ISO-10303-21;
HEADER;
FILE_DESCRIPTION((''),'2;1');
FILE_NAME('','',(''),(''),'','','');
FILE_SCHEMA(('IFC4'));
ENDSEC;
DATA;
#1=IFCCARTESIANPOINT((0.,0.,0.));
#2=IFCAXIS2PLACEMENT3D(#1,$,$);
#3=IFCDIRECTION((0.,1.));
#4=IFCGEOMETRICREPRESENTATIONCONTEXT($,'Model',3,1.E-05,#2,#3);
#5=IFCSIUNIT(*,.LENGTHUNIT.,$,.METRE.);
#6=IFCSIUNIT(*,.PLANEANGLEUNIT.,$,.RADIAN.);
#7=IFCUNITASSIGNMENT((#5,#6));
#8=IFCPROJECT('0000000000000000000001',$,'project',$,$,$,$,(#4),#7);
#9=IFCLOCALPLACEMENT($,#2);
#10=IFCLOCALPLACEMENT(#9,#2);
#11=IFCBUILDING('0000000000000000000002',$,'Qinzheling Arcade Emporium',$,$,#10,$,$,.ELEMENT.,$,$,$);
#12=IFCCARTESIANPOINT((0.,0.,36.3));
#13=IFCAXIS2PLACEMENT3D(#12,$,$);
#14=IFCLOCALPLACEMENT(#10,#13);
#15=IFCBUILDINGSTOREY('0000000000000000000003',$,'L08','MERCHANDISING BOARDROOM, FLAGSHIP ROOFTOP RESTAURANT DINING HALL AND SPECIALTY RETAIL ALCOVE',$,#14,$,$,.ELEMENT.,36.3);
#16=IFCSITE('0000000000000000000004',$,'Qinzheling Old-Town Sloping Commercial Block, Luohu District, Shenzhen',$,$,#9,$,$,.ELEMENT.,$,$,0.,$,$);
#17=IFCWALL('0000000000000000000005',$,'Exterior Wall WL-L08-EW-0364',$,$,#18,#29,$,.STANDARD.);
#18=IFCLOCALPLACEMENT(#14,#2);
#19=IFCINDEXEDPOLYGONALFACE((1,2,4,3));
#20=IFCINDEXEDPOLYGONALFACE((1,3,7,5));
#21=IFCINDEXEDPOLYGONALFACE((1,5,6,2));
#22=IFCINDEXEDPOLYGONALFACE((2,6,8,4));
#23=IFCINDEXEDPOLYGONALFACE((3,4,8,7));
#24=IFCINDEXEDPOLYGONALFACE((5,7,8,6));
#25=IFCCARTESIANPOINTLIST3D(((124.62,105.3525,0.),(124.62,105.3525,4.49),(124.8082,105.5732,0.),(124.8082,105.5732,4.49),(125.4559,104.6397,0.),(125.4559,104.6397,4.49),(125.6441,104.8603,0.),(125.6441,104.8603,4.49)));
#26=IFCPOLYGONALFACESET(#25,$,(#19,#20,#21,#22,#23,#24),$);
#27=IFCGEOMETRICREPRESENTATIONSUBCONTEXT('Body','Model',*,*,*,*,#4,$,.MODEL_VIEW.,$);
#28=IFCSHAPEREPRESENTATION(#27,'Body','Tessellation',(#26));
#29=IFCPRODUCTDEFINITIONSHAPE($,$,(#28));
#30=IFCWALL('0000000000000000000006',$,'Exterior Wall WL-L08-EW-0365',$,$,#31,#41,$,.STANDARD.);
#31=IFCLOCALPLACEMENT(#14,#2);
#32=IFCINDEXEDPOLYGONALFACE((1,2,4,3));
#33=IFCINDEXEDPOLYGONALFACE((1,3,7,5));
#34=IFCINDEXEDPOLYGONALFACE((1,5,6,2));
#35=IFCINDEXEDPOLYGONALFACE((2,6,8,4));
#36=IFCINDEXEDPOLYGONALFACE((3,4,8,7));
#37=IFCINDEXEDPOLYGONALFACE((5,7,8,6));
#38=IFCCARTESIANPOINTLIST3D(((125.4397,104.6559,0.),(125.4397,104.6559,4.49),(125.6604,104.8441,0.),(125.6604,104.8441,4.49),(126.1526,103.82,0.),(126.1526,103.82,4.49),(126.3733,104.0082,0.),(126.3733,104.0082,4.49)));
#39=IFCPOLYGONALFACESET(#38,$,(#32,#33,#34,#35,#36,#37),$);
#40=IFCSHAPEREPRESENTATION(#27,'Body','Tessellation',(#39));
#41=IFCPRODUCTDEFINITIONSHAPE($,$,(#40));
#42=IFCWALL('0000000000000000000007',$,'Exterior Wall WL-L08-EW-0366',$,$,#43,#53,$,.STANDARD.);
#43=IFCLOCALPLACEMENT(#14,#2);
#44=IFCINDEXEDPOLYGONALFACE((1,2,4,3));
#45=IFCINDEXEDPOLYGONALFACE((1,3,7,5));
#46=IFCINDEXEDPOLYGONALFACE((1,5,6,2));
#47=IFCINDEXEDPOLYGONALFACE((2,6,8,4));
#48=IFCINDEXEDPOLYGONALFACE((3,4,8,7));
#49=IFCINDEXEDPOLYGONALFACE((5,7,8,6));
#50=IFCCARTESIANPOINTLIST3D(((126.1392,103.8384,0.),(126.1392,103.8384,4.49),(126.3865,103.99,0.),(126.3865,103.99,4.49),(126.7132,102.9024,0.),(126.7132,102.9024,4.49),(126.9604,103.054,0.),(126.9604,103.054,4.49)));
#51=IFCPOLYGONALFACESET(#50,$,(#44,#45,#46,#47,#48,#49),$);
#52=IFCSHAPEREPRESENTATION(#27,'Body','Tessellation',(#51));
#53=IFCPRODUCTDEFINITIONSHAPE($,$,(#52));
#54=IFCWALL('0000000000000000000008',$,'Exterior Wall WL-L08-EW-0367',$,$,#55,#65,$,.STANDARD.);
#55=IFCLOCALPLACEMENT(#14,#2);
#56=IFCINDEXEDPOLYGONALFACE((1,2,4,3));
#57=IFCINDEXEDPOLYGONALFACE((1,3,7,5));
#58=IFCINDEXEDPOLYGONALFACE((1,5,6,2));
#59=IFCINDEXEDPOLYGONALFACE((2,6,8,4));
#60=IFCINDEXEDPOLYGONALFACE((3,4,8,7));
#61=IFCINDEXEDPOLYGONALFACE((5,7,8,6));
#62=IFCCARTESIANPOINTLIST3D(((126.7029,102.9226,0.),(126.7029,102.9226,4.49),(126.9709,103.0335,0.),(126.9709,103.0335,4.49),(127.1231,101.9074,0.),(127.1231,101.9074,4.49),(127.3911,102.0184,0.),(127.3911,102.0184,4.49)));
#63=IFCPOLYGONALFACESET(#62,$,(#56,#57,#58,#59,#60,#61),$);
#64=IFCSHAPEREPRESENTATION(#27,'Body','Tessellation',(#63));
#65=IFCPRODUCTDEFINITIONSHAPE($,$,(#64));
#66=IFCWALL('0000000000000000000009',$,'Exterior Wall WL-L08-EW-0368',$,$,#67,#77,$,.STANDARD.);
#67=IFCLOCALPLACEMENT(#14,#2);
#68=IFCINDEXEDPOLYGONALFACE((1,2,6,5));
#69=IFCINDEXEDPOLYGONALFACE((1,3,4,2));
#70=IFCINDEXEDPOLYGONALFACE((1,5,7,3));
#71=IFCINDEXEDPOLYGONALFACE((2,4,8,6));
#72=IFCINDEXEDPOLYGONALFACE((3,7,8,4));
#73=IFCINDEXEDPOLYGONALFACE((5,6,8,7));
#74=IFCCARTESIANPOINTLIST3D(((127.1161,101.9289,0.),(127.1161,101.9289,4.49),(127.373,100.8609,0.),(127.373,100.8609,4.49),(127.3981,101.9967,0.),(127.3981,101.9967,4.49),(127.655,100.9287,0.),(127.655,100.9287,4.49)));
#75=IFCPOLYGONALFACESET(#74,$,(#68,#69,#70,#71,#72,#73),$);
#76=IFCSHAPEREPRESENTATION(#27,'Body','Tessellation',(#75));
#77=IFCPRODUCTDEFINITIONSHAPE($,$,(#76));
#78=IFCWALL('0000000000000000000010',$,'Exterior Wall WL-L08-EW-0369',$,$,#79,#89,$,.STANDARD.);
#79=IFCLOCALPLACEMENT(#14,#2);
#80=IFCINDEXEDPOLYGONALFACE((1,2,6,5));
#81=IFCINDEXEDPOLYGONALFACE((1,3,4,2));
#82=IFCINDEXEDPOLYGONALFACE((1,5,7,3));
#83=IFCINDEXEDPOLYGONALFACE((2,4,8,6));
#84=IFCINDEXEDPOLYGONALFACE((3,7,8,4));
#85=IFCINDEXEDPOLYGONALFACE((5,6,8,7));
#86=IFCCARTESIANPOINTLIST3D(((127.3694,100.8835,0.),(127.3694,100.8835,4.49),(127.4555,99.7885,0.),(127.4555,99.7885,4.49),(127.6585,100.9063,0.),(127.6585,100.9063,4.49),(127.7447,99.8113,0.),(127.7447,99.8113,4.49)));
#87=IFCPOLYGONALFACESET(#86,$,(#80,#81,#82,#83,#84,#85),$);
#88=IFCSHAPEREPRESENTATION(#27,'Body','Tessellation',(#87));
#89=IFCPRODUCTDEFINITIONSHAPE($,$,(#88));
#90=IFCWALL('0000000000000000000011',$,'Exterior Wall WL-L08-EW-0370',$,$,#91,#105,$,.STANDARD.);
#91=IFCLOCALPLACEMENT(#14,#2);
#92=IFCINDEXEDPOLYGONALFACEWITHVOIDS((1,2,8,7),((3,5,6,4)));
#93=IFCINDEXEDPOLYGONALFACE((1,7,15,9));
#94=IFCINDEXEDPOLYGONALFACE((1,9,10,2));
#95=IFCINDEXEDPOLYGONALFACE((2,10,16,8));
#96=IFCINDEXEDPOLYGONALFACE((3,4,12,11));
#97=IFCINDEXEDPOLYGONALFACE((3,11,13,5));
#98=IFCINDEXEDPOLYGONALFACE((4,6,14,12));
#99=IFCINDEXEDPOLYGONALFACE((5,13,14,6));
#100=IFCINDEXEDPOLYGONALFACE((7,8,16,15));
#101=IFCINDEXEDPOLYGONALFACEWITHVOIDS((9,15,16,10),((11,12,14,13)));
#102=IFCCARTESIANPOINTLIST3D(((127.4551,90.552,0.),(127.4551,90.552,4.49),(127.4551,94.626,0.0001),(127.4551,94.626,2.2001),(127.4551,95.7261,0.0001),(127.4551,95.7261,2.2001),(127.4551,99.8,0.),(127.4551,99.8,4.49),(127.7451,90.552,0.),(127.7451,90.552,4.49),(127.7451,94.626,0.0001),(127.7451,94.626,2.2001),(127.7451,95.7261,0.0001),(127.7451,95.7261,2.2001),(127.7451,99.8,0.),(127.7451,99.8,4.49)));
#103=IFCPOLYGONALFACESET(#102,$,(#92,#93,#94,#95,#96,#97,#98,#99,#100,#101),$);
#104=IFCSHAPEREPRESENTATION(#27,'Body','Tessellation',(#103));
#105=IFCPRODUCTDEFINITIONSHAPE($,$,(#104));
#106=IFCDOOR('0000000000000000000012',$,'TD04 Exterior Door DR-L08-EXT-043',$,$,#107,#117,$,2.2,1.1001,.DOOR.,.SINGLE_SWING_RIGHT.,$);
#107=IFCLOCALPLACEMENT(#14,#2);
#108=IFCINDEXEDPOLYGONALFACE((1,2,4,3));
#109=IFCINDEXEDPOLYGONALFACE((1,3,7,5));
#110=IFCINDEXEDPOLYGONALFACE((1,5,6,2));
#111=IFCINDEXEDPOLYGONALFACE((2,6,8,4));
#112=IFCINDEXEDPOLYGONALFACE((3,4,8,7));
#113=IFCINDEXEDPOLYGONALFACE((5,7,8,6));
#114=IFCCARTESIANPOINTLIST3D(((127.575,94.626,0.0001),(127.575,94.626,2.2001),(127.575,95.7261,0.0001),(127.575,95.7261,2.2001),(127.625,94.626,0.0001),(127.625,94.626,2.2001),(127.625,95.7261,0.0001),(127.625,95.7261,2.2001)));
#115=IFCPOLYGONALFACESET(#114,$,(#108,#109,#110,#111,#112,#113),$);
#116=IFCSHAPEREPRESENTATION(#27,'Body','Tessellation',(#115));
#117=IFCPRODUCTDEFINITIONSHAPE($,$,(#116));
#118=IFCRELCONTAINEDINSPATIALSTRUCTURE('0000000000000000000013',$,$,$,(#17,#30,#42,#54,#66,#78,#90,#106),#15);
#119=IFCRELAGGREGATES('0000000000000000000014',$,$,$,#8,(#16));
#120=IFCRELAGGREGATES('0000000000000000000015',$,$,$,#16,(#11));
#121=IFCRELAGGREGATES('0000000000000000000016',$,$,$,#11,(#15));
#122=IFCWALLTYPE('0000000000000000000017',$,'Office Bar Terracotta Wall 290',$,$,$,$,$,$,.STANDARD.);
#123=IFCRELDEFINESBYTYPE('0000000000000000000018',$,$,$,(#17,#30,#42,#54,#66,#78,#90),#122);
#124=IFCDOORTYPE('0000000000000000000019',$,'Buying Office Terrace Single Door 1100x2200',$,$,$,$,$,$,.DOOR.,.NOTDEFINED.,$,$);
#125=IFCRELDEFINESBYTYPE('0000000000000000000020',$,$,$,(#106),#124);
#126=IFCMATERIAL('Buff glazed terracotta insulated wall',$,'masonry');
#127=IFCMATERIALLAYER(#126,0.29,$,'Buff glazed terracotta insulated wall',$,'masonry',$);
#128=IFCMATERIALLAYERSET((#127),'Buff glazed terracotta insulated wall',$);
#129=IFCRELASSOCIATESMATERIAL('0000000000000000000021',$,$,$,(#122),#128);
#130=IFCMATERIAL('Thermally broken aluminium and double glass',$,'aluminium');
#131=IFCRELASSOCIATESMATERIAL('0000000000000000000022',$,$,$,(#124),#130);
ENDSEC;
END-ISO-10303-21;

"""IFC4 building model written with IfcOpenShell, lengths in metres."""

from ifc_helpers import new_model, si_unit, direction, frame, frame_2d, origin, place, context, subcontext, project, spatial, rectangle, extrude, material, layer, layer_set, type_object, element, fill, save


model = new_model("IFC4")

# Units and contexts
model_context = context("Model", 3, precision=1e-05, world=origin(), true_north=direction((0.0, 1.0)))
body_context = subcontext(model_context, "Body", "Model", "MODEL_VIEW")
ifc_project = project(units=[si_unit("LENGTHUNIT", "METRE"), si_unit("PLANEANGLEUNIT", "RADIAN")], contexts=[model_context])

# Site, building, storey
site_placement = place(None, origin())
site = spatial("IfcSite", under=ifc_project, at=site_placement, Name="Qinzheling Old-Town Sloping Commercial Block, Luohu District, Shenzhen", CompositionType="ELEMENT", RefElevation=0.0)
building_placement = place(site_placement, origin())
building = spatial("IfcBuilding", under=site, at=building_placement, Name="Qinzheling Arcade Emporium", CompositionType="ELEMENT")
storey_placement = place(building_placement, frame((0.0, 0.0, 36.3)))
storey = spatial("IfcBuildingStorey", under=building, at=storey_placement, Name="L08", Description="MERCHANDISING BOARDROOM, FLAGSHIP ROOFTOP RESTAURANT DINING HALL AND SPECIALTY RETAIL ALCOVE", CompositionType="ELEMENT", Elevation=36.3)

# Walls
ifc_material_1 = material(Name="Buff glazed terracotta insulated wall", Category="masonry")
ifc_layer_1 = layer(ifc_material_1, 0.29, Name="Buff glazed terracotta insulated wall", Category="masonry")
ifc_layer_set_1 = layer_set([ifc_layer_1], Name="Buff glazed terracotta insulated wall")
wall_type = type_object("IfcWallType", Name="Office Bar Terracotta Wall 290", PredefinedType="STANDARD", material=ifc_layer_set_1)
for number, where, z_axis, x_axis, name in (
    (1, (124.7141, 105.4629, 0.0), (0.0, 0.0, 1.0), (0.760886, -0.648886, 0.0), "Exterior Wall WL-L08-EW-0364"),
    (2, (125.55, 104.75, 0.0), (0.0, 0.0, 1.0), (0.648886, -0.760886, 0.0), "Exterior Wall WL-L08-EW-0365"),
):
    element("IfcWall", number, at=place(storey_placement, frame(where, z_axis=z_axis, x_axis=x_axis)), inside=storey, type_object=wall_type, Name=name, PredefinedType="STANDARD", context=body_context, shape_type="SweptSolid", body=[
        extrude(rectangle(XDim=1.0986, YDim=0.29, at=frame_2d((0.5493, 0.0))), origin(), (0.0, 0.0, 1.0), 4.49),
    ])
wall_1_placement = place(storey_placement, frame((126.2629, 103.9141, 0.0), z_axis=(0.0, 0.0, 1.0), x_axis=(0.522745, -0.852489, 0.0)))
element("IfcWall", 3, at=wall_1_placement, inside=storey, type_object=wall_type, Name="Exterior Wall WL-L08-EW-0366", PredefinedType="STANDARD", context=body_context, shape_type="SweptSolid", body=[
    extrude(rectangle(XDim=1.0979, YDim=0.29, at=frame_2d((0.5488, 0.0))), origin(), (0.0, 0.0, 1.0), 4.49),
])
wall_2_placement = place(storey_placement, frame((126.8369, 102.978, 0.0), z_axis=(0.0, 0.0, 1.0), x_axis=(0.382437, -0.923982, 0.0)))
element("IfcWall", 4, at=wall_2_placement, inside=storey, type_object=wall_type, Name="Exterior Wall WL-L08-EW-0367", PredefinedType="STANDARD", context=body_context, shape_type="SweptSolid", body=[
    extrude(rectangle(XDim=1.0986, YDim=0.29, at=frame_2d((0.5493, 0.0))), origin(), (0.0, 0.0, 1.0), 4.49),
])
for number, where, z_axis, x_axis, name in (
    (5, (127.2571, 101.9629, 0.0), (0.0, 0.0, 1.0), (0.233844, -0.972274, 0.0), "Exterior Wall WL-L08-EW-0368"),
    (6, (127.5139, 100.895, 0.0), (0.0, 0.0, 1.0), (0.078464, -0.996917, 0.0), "Exterior Wall WL-L08-EW-0369"),
):
    element("IfcWall", number, at=place(storey_placement, frame(where, z_axis=z_axis, x_axis=x_axis)), inside=storey, type_object=wall_type, Name=name, PredefinedType="STANDARD", context=body_context, shape_type="SweptSolid", body=[
        extrude(rectangle(XDim=1.0984, YDim=0.29, at=frame_2d((0.5493, 0.0))), origin(), (0.0, 0.0, 1.0), 4.49),
    ])

# Wall, opening, door
wall_3_placement = place(storey_placement, frame((127.6001, 99.8, 0.0), z_axis=(0.0, 0.0, 1.0), x_axis=(0.0, -1.0, 0.0)))
wall_3 = element("IfcWall", 7, at=wall_3_placement, inside=storey, type_object=wall_type, Name="Exterior Wall WL-L08-EW-0370", PredefinedType="STANDARD", context=body_context, shape_type="SweptSolid", body=[
    extrude(rectangle(XDim=9.248, YDim=0.29, at=frame_2d((4.624, 0.0))), origin(), (0.0, 0.0, 1.0), 4.49),
])
opening_placement = place(wall_3_placement, frame((4.074, 0.0, 0.0)))
opening = element("IfcOpeningElement", 8, at=opening_placement, cuts=wall_3, PredefinedType="OPENING", context=body_context, shape_type="SweptSolid", body=[
    extrude(rectangle(XDim=1.1001, YDim=2.2, at=frame_2d((0.55, 1.1001))), frame((0.0, 0.155, 0.0), z_axis=(0.0, -1.0, 0.0), x_axis=(1.0, 0.0, 0.0)), (0.0, 0.0, 1.0), 0.3101),
])
ifc_material_2 = material(Name="Thermally broken aluminium and double glass", Category="aluminium")
door_type = type_object("IfcDoorType", Name="Buying Office Terrace Single Door 1100x2200", OperationType="NOTDEFINED", PredefinedType="DOOR", material=ifc_material_2)
door_placement = place(opening_placement, origin())
door = element("IfcDoor", 9, at=door_placement, inside=storey, type_object=door_type, Name="TD04 Exterior Door DR-L08-EXT-043", OperationType="SINGLE_SWING_RIGHT", OverallHeight=2.2, OverallWidth=1.1001, PredefinedType="DOOR", context=body_context, shape_type="SweptSolid", body=[
    extrude(rectangle(XDim=1.1001, YDim=2.2, at=frame_2d((0.55, 1.1001))), frame((0.0, 0.0249, 0.0), z_axis=(0.0, -1.0, 0.0), x_axis=(1.0, 0.0, 0.0)), (0.0, 0.0, 1.0), 0.05),
])
fill(opening, door)

save(model, "model.ifc")
